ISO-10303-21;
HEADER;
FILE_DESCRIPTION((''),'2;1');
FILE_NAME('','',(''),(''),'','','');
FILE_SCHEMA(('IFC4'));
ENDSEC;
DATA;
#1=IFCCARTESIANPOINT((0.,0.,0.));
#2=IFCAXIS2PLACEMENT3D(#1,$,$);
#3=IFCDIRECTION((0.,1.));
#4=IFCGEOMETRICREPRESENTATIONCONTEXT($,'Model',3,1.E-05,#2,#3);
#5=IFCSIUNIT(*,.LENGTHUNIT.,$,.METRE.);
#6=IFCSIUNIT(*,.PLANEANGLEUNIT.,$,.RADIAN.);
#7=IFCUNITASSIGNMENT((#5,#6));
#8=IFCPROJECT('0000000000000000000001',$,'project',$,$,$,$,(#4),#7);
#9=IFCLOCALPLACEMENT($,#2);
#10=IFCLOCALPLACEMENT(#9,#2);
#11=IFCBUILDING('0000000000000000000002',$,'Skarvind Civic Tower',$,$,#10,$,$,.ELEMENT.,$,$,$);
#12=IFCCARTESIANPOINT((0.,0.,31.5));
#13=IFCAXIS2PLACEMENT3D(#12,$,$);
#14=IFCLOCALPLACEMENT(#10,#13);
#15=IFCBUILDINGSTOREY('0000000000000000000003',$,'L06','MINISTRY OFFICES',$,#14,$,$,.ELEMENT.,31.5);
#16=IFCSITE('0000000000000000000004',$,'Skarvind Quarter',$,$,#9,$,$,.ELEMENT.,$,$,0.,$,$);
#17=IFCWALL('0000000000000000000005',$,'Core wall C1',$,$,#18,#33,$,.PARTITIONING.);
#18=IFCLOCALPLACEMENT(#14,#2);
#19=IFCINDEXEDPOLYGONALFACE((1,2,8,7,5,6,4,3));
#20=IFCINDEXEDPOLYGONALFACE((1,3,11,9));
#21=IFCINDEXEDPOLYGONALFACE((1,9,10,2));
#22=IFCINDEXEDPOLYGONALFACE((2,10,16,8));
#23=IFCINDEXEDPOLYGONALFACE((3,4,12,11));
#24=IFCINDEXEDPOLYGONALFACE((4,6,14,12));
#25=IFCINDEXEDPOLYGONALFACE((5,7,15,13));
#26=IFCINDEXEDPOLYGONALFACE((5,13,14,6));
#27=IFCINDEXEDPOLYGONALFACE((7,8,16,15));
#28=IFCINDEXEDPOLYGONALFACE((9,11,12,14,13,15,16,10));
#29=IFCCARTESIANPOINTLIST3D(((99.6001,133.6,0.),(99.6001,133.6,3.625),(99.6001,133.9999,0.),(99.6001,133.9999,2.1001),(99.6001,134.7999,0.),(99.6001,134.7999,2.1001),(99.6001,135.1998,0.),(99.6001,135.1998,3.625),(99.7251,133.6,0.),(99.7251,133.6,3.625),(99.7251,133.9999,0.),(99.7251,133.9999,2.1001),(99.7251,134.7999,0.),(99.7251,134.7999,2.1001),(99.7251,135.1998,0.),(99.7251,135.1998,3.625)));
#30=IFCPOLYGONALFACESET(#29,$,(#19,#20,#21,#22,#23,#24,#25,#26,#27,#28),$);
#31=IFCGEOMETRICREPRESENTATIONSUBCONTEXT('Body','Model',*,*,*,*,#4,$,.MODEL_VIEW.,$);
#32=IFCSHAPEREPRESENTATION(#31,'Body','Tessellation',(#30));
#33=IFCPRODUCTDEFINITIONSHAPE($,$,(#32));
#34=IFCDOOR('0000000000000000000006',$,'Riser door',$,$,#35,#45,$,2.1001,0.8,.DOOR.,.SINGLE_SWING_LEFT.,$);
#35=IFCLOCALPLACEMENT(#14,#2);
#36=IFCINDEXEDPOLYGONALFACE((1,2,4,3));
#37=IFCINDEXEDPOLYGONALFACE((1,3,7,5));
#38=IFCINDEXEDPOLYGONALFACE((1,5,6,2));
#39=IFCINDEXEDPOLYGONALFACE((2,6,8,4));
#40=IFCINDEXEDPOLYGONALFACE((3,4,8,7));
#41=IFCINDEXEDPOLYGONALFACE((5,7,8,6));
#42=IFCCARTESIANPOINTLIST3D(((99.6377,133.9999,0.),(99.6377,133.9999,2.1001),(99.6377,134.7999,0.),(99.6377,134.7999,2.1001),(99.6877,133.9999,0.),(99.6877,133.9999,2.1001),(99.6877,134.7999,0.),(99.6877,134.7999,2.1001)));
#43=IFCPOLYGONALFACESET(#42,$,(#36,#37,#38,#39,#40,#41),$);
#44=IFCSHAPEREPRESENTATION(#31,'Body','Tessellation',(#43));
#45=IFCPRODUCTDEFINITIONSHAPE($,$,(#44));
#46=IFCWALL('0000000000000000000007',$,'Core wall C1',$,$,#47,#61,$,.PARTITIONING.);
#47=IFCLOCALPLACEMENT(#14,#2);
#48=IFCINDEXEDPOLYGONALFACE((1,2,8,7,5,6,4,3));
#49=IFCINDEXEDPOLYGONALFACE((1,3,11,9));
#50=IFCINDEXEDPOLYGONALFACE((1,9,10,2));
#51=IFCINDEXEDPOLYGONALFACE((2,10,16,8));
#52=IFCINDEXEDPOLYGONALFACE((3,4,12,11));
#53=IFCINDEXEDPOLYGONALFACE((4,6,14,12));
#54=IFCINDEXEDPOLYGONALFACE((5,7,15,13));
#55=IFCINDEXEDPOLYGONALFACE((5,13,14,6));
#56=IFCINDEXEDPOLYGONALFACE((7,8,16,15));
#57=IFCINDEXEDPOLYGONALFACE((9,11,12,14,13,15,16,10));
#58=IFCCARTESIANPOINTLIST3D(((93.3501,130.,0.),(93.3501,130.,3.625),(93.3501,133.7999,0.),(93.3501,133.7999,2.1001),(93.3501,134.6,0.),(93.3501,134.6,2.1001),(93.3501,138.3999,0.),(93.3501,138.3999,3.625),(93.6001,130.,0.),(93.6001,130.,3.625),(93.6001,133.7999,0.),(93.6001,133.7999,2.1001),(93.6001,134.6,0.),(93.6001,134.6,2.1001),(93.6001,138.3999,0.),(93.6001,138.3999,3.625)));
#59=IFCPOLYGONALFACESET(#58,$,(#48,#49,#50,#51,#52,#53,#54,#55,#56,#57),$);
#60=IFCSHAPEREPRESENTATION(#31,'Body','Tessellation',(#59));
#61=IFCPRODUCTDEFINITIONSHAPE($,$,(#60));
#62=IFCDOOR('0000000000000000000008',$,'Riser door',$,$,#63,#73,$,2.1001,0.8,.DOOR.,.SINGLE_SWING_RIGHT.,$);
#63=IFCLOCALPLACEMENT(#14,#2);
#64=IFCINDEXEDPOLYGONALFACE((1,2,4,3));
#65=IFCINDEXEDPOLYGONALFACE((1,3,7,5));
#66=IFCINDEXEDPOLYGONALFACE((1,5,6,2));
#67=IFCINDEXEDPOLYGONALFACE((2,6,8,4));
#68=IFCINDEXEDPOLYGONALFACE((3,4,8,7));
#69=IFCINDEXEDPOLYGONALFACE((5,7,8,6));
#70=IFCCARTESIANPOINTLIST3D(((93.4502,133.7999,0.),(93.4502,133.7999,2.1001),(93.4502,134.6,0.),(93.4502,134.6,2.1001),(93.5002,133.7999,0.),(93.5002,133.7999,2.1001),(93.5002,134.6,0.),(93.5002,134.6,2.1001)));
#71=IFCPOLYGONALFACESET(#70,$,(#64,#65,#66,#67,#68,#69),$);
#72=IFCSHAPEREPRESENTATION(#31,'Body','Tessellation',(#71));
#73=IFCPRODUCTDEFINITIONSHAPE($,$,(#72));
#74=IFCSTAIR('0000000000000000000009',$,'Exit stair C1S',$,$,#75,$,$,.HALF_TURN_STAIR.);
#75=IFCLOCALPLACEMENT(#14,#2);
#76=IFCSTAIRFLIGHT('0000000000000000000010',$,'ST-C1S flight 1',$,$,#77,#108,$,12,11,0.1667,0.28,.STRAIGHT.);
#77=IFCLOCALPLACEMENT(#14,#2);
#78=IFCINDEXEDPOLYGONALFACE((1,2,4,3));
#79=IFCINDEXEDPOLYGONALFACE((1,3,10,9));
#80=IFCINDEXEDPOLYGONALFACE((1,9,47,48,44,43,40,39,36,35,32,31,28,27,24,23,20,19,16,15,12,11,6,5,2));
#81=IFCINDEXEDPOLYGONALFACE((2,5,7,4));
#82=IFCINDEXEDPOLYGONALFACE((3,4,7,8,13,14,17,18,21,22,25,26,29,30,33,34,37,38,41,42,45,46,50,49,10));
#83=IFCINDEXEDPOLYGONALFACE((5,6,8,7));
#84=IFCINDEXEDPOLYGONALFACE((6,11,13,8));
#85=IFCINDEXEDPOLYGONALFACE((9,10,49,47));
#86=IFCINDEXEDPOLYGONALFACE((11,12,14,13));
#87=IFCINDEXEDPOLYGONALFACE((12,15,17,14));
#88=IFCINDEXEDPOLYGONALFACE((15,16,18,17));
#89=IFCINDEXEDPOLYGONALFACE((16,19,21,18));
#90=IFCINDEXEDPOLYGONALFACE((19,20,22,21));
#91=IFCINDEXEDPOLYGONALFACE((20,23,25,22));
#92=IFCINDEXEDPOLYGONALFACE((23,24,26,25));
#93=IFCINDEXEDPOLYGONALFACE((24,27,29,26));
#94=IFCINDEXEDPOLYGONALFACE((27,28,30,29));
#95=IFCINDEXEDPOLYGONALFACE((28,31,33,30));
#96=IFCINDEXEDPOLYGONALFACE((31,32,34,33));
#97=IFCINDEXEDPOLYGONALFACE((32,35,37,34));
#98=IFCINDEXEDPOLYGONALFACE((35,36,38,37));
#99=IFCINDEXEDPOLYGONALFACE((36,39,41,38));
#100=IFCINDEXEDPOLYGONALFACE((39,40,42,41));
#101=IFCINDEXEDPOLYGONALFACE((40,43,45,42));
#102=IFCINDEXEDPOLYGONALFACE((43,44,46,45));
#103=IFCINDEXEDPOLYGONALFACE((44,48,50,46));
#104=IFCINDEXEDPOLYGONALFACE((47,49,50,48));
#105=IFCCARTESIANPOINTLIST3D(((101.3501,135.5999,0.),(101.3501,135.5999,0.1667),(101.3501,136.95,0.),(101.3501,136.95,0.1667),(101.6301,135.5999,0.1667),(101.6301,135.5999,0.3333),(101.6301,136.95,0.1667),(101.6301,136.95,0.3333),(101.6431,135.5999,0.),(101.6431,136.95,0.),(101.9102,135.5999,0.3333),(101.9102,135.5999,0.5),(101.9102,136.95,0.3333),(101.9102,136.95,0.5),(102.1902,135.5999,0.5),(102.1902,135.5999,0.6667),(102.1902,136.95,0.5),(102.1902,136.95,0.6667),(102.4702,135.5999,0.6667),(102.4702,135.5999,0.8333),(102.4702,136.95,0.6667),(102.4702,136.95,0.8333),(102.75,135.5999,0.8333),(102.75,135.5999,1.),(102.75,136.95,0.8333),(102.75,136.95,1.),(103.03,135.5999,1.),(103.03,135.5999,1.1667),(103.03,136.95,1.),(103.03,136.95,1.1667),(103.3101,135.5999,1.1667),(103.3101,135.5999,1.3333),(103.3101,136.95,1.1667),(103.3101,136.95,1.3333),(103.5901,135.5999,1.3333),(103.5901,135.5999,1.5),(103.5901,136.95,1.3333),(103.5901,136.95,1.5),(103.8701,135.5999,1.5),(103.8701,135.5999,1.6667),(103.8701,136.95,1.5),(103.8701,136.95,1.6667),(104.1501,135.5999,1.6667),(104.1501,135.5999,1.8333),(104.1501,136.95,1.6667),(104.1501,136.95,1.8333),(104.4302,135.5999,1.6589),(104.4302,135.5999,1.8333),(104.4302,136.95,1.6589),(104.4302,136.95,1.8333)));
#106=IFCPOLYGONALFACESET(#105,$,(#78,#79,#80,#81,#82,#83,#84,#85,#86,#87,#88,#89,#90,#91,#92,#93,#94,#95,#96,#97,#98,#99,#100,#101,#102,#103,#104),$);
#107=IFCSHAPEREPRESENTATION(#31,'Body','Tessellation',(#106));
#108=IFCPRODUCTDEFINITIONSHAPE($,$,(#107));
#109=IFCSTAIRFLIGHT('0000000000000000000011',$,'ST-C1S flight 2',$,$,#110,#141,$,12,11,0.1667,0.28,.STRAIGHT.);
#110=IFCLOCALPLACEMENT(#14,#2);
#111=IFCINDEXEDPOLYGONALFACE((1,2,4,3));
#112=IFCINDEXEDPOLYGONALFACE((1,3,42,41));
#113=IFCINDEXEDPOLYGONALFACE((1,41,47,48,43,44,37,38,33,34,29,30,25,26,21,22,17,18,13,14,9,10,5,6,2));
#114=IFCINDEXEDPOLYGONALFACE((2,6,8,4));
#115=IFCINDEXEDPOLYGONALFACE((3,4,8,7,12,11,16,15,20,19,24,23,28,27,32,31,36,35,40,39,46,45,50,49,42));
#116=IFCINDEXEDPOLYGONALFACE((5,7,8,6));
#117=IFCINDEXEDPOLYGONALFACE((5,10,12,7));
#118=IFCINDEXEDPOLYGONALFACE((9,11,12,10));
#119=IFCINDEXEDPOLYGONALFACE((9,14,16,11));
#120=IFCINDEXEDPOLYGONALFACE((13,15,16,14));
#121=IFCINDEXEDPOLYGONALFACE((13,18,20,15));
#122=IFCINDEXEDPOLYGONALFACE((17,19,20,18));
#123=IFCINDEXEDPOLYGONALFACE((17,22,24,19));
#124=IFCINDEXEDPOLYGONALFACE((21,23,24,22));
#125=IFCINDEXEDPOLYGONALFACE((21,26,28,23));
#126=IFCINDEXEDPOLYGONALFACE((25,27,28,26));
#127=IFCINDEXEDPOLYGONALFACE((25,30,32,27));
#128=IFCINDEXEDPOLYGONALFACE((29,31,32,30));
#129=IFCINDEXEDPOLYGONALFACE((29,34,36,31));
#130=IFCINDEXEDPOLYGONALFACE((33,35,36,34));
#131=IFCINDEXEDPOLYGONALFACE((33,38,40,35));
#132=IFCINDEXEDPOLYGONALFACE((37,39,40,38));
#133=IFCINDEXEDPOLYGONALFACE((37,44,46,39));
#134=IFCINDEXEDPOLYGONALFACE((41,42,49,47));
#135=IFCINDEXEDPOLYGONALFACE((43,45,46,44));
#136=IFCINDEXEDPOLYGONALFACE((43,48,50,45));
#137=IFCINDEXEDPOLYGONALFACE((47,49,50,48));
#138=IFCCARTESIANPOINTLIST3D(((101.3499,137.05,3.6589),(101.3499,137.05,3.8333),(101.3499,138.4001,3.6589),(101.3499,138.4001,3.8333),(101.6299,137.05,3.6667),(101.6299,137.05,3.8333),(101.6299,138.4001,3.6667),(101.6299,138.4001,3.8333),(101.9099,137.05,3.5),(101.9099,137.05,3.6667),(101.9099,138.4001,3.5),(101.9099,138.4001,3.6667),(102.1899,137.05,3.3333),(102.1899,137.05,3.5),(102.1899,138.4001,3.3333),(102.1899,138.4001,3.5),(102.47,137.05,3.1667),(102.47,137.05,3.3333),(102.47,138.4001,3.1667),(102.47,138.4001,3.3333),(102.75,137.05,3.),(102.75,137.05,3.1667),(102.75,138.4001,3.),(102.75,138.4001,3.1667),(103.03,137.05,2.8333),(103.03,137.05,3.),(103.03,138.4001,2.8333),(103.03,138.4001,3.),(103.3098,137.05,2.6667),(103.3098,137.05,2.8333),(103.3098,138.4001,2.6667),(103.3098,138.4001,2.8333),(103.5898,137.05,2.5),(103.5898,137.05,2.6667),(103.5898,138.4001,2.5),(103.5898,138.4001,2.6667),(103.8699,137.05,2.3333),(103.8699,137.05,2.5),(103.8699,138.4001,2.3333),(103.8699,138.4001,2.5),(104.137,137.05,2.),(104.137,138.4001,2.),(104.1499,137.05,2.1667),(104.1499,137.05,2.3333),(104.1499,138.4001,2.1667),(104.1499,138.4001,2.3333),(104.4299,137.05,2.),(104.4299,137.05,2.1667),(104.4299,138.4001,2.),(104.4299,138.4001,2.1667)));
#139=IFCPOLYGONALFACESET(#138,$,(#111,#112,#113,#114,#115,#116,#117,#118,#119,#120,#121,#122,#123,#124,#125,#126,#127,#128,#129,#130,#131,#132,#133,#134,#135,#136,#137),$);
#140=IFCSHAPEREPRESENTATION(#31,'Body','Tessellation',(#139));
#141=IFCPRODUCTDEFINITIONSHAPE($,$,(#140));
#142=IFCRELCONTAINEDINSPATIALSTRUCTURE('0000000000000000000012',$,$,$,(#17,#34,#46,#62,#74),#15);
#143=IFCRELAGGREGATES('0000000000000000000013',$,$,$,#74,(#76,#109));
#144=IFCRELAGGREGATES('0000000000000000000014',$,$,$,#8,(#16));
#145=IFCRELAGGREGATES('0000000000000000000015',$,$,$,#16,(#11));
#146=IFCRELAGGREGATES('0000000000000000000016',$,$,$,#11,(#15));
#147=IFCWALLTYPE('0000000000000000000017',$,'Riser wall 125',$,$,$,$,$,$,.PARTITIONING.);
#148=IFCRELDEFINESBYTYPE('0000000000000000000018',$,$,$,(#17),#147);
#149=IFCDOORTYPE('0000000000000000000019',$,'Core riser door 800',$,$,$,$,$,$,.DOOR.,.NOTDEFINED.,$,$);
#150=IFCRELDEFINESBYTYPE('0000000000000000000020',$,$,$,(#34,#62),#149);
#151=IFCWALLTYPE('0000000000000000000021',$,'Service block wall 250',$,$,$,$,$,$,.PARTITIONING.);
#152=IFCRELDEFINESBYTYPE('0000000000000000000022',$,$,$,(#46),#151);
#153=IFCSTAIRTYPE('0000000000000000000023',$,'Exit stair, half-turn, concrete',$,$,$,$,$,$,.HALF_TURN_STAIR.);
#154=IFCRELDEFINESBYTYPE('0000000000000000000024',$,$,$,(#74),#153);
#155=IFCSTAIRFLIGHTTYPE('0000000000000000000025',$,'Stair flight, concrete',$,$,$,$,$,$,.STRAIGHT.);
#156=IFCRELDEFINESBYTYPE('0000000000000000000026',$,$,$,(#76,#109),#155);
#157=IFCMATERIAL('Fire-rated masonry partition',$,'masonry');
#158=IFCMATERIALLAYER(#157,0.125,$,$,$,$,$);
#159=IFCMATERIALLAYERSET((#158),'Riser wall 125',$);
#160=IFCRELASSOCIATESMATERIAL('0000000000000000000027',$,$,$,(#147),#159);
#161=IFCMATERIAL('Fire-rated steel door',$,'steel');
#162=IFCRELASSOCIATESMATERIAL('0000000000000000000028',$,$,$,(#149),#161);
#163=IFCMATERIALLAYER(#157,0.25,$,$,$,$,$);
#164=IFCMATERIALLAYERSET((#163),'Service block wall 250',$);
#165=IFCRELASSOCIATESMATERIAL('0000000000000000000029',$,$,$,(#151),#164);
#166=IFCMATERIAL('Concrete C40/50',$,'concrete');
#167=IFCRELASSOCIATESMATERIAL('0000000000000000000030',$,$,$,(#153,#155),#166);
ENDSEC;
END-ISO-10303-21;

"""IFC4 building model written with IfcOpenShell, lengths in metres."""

from ifc_helpers import new_model, si_unit, direction, frame, frame_2d, origin, place, context, subcontext, project, spatial, polyline, rectangle, outline, extrude, material, layer, layer_set, type_object, element, fill, aggregate, save


model = new_model("IFC4")

# Units and contexts
model_context = context("Model", 3, precision=1e-05, world=origin(), true_north=direction((0.0, 1.0)))
body_context = subcontext(model_context, "Body", "Model", "MODEL_VIEW")
ifc_project = project(units=[si_unit("LENGTHUNIT", "METRE"), si_unit("PLANEANGLEUNIT", "RADIAN")], contexts=[model_context])

# Site, building, storey
site_placement = place(None, origin())
site = spatial("IfcSite", under=ifc_project, at=site_placement, Name="Skarvind Quarter", CompositionType="ELEMENT", RefElevation=0.0)
building_placement = place(site_placement, origin())
building = spatial("IfcBuilding", under=site, at=building_placement, Name="Skarvind Civic Tower", CompositionType="ELEMENT")
storey_placement = place(building_placement, frame((0.0, 0.0, 31.5)))
storey = spatial("IfcBuildingStorey", under=building, at=storey_placement, Name="L06", Description="MINISTRY OFFICES", CompositionType="ELEMENT", Elevation=31.5)

# Shared definitions
ifc_material_1 = material(Name="Fire-rated masonry partition", Category="masonry")
ifc_material_2 = material(Name="Fire-rated steel door", Category="steel")

# Walls, openings, doors
ifc_layer_1 = layer(ifc_material_1, 0.125)
ifc_layer_set_1 = layer_set([ifc_layer_1], Name="Riser wall 125")
wall_type_1 = type_object("IfcWallType", Name="Riser wall 125", PredefinedType="PARTITIONING", material=ifc_layer_set_1)
wall_1_placement = place(storey_placement, frame((99.6626, 133.6001, 0.0), z_axis=(0.0, 0.0, 1.0), x_axis=(0.0, 1.0, 0.0)))
wall_1 = element("IfcWall", 1, at=wall_1_placement, inside=storey, type_object=wall_type_1, Name="Core wall C1", PredefinedType="PARTITIONING", context=body_context, shape_type="SweptSolid", body=[
    extrude(rectangle(XDim=1.5999, YDim=0.125, at=frame_2d((0.7998, 0.0))), origin(), (0.0, 0.0, 1.0), 3.625),
])
opening_1_placement = place(wall_1_placement, frame((0.3999, 0.0, 0.0)))
opening_1 = element("IfcOpeningElement", 2, at=opening_1_placement, cuts=wall_1, PredefinedType="OPENING", context=body_context, shape_type="SweptSolid", body=[
    extrude(rectangle(XDim=0.8, YDim=2.1001, at=frame_2d((0.3999, 1.05))), frame((0.0, 0.0725, 0.0), z_axis=(0.0, -1.0, 0.0), x_axis=(1.0, 0.0, 0.0)), (0.0, 0.0, 1.0), 0.145),
])
door_type_1 = type_object("IfcDoorType", Name="Core riser door 800", OperationType="NOTDEFINED", PredefinedType="DOOR", material=ifc_material_2)
door_1_placement = place(opening_1_placement, origin())
door_1 = element("IfcDoor", 3, at=door_1_placement, inside=storey, type_object=door_type_1, Name="Riser door", OperationType="SINGLE_SWING_LEFT", OverallHeight=2.1001, OverallWidth=0.8, PredefinedType="DOOR", context=body_context, shape_type="SweptSolid", body=[
    extrude(rectangle(XDim=0.8, YDim=2.1001, at=frame_2d((0.3999, 1.05))), frame((0.0, 0.0249, 0.0), z_axis=(0.0, -1.0, 0.0), x_axis=(1.0, 0.0, 0.0)), (0.0, 0.0, 1.0), 0.05),
])
fill(opening_1, door_1)
ifc_layer_2 = layer(ifc_material_1, 0.25)
ifc_layer_set_2 = layer_set([ifc_layer_2], Name="Service block wall 250")
wall_type_2 = type_object("IfcWallType", Name="Service block wall 250", PredefinedType="PARTITIONING", material=ifc_layer_set_2)
wall_2_placement = place(storey_placement, frame((93.4751, 130.0, 0.0), z_axis=(0.0, 0.0, 1.0), x_axis=(0.0, 1.0, 0.0)))
wall_2 = element("IfcWall", 4, at=wall_2_placement, inside=storey, type_object=wall_type_2, Name="Core wall C1", PredefinedType="PARTITIONING", context=body_context, shape_type="SweptSolid", body=[
    extrude(rectangle(XDim=8.3999, YDim=0.25, at=frame_2d((4.2, 0.0))), origin(), (0.0, 0.0, 1.0), 3.625),
])
opening_2_placement = place(wall_2_placement, frame((3.8, 0.0, 0.0)))
opening_2 = element("IfcOpeningElement", 5, at=opening_2_placement, cuts=wall_2, PredefinedType="OPENING", context=body_context, shape_type="SweptSolid", body=[
    extrude(rectangle(XDim=0.8, YDim=2.1001, at=frame_2d((0.3999, 1.05))), frame((0.0, 0.135, 0.0), z_axis=(0.0, -1.0, 0.0), x_axis=(1.0, 0.0, 0.0)), (0.0, 0.0, 1.0), 0.27),
])
door_2_placement = place(opening_2_placement, origin())
door_2 = element("IfcDoor", 6, at=door_2_placement, inside=storey, type_object=door_type_1, Name="Riser door", OperationType="SINGLE_SWING_RIGHT", OverallHeight=2.1001, OverallWidth=0.8, PredefinedType="DOOR", context=body_context, shape_type="SweptSolid", body=[
    extrude(rectangle(XDim=0.8, YDim=2.1001, at=frame_2d((0.3999, 1.05))), frame((0.0, 0.0249, 0.0), z_axis=(0.0, -1.0, 0.0), x_axis=(1.0, 0.0, 0.0)), (0.0, 0.0, 1.0), 0.05),
])
fill(opening_2, door_2)

# Stair, stair flights
ifc_material_3 = material(Name="Concrete C40/50", Category="concrete")
stair_type = type_object("IfcStairType", Name="Exit stair, half-turn, concrete", PredefinedType="HALF_TURN_STAIR", material=ifc_material_3)
stair_placement = place(storey_placement, origin())
stair = element("IfcStair", 7, at=stair_placement, inside=storey, type_object=stair_type, Name="Exit stair C1S", PredefinedType="HALF_TURN_STAIR")
stair_flight_type = type_object("IfcStairFlightType", Name="Stair flight, concrete", PredefinedType="STRAIGHT", material=ifc_material_3)
stair_flight_1_placement = place(storey_placement, frame((101.3501, 136.2749, 0.0), z_axis=(0.0, 0.0, 1.0), x_axis=(1.0, 0.0, 0.0)))
stair_flight_1 = element("IfcStairFlight", 8, at=stair_flight_1_placement, type_object=stair_flight_type, Name="ST-C1S flight 1", NumberOfRisers=12, NumberOfTreads=11, PredefinedType="STRAIGHT", RiserHeight=0.1667, TreadLength=0.28, context=body_context, shape_type="SweptSolid", body=[
    extrude(outline(polyline([(0.0, 0.0), (0.0, 0.1667), (0.28, 0.1667), (0.28, 0.3333), (0.5601, 0.3333), (0.5601, 0.5), (0.8401, 0.5), (0.8401, 0.6667), (1.1201, 0.6667), (1.1201, 0.8333), (1.3999, 0.8333), (1.3999, 1.0), (1.6799, 1.0), (1.6799, 1.1667), (1.96, 1.1667), (1.96, 1.3333), (2.24, 1.3333), (2.24, 1.5), (2.52, 1.5), (2.52, 1.6667), (2.8, 1.6667), (2.8, 1.8333), (3.0801, 1.8333), (3.0801, 2.0), (3.0801, 1.6589), (0.293, 0.0), (0.0, 0.0)])), frame((0.0, 0.675, 0.0), z_axis=(0.0, -1.0, 0.0), x_axis=(1.0, 0.0, 0.0)), (0.0, 0.0, 1.0), 1.3501),
])
stair_flight_2_placement = place(storey_placement, frame((104.4299, 137.7251, 2.0), z_axis=(0.0, 0.0, 1.0), x_axis=(-1.0, 0.0, 0.0)))
stair_flight_2 = element("IfcStairFlight", 9, at=stair_flight_2_placement, type_object=stair_flight_type, Name="ST-C1S flight 2", NumberOfRisers=12, NumberOfTreads=11, PredefinedType="STRAIGHT", RiserHeight=0.1667, TreadLength=0.28, context=body_context, shape_type="SweptSolid", body=[
    extrude(outline(polyline([(0.0, 0.0), (0.0, 0.1667), (0.28, 0.1667), (0.28, 0.3333), (0.5601, 0.3333), (0.5601, 0.5), (0.8401, 0.5), (0.8401, 0.6667), (1.1201, 0.6667), (1.1201, 0.8333), (1.3999, 0.8333), (1.3999, 1.0), (1.6799, 1.0), (1.6799, 1.1667), (1.96, 1.1667), (1.96, 1.3333), (2.24, 1.3333), (2.24, 1.5), (2.52, 1.5), (2.52, 1.6667), (2.8, 1.6667), (2.8, 1.8333), (3.0801, 1.8333), (3.0801, 2.0), (3.0801, 1.6589), (0.293, 0.0), (0.0, 0.0)])), frame((0.0, 0.675, 0.0), z_axis=(0.0, -1.0, 0.0), x_axis=(1.0, 0.0, 0.0)), (0.0, 0.0, 1.0), 1.3501),
])
aggregate(stair, [stair_flight_1, stair_flight_2])

save(model, "model.ifc")
